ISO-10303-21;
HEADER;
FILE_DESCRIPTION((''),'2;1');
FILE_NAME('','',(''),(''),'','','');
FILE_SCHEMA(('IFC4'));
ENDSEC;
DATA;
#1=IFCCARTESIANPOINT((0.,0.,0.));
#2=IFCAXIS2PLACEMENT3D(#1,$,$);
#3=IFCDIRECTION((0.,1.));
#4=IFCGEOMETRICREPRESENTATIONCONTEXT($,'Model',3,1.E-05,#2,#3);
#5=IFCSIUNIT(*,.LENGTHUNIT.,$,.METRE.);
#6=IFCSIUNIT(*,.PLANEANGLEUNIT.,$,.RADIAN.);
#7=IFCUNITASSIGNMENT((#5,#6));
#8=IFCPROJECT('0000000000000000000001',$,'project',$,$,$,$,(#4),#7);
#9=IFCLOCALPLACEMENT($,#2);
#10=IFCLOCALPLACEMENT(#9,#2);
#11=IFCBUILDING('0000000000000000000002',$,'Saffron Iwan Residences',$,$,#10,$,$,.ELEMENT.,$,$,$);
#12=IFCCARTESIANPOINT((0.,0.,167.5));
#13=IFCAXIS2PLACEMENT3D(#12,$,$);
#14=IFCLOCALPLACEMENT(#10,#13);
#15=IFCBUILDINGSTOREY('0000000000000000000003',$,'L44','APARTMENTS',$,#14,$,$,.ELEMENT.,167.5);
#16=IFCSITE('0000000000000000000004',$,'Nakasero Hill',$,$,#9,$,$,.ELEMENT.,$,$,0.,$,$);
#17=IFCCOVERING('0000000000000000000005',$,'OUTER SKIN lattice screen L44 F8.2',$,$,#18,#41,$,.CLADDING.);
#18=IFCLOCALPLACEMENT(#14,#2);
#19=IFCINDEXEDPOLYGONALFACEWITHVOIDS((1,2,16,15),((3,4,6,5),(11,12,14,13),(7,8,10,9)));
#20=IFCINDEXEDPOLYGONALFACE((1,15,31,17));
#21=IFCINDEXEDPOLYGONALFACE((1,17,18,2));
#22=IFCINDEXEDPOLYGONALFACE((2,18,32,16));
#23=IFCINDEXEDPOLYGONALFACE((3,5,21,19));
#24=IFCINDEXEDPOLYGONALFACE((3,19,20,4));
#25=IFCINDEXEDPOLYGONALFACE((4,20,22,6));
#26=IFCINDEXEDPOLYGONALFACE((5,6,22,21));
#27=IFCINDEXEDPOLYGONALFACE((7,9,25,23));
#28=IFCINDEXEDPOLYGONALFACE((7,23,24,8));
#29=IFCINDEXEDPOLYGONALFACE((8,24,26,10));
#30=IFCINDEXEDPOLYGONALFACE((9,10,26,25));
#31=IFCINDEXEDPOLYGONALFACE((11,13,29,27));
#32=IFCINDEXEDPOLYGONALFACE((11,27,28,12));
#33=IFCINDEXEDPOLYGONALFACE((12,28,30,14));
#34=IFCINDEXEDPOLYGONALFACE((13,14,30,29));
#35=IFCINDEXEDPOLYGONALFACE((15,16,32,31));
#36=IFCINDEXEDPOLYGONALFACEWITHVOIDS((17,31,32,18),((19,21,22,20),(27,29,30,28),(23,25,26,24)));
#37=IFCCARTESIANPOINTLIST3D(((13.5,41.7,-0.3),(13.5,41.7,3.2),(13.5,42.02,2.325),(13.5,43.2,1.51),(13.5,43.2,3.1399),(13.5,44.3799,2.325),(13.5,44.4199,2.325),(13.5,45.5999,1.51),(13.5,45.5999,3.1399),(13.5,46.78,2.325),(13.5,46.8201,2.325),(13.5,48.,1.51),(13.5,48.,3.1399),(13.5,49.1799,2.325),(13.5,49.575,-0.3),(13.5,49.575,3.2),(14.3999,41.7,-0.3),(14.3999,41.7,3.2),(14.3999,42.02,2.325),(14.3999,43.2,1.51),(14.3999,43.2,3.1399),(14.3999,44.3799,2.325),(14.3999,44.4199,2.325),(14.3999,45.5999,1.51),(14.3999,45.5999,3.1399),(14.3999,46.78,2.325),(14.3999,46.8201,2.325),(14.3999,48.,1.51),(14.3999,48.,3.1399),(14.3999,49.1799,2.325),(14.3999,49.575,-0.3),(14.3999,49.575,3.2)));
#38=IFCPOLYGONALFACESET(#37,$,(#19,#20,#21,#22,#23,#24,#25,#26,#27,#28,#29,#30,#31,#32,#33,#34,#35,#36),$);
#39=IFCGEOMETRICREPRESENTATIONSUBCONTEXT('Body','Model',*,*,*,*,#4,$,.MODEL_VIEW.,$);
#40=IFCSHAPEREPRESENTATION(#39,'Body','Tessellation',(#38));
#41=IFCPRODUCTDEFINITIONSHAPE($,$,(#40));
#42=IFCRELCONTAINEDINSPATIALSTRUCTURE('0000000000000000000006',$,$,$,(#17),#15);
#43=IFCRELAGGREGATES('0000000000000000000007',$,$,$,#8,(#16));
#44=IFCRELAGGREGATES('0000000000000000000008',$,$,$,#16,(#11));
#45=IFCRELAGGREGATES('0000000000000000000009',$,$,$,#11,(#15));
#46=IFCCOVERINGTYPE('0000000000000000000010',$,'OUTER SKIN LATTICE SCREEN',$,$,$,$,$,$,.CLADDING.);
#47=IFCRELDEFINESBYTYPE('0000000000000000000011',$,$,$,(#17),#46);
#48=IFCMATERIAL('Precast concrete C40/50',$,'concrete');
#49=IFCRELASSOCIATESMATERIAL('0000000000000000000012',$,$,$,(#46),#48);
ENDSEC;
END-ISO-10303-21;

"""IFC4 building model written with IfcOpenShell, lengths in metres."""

from ifc_helpers import new_model, si_unit, direction, frame, origin, place, context, subcontext, project, spatial, polyline, outline, extrude, material, type_object, element, save


model = new_model("IFC4")

# Units and contexts
model_context = context("Model", 3, precision=1e-05, world=origin(), true_north=direction((0.0, 1.0)))
body_context = subcontext(model_context, "Body", "Model", "MODEL_VIEW")
ifc_project = project(units=[si_unit("LENGTHUNIT", "METRE"), si_unit("PLANEANGLEUNIT", "RADIAN")], contexts=[model_context])

# Site, building, storey
site_placement = place(None, origin())
site = spatial("IfcSite", under=ifc_project, at=site_placement, Name="Nakasero Hill", CompositionType="ELEMENT", RefElevation=0.0)
building_placement = place(site_placement, origin())
building = spatial("IfcBuilding", under=site, at=building_placement, Name="Saffron Iwan Residences", CompositionType="ELEMENT")
storey_placement = place(building_placement, frame((0.0, 0.0, 167.5)))
storey = spatial("IfcBuildingStorey", under=building, at=storey_placement, Name="L44", Description="APARTMENTS", CompositionType="ELEMENT", Elevation=167.5)

# Covering
ifc_material_1 = material(Name="Precast concrete C40/50", Category="concrete")
covering_type = type_object("IfcCoveringType", Name="OUTER SKIN LATTICE SCREEN", PredefinedType="CLADDING", material=ifc_material_1)
covering_1_placement = place(storey_placement, frame((14.3999, 49.575, -0.3), z_axis=(-1.0, 0.0, 0.0), x_axis=(0.0, -1.0, 0.0)))
element("IfcCovering", 1, at=covering_1_placement, inside=storey, type_object=covering_type, Name="OUTER SKIN lattice screen L44 F8.2", PredefinedType="CLADDING", context=body_context, shape_type="SweptSolid", body=[
    extrude(outline(polyline([(0.0, 0.0), (7.875, 0.0), (7.875, 3.5), (0.0, 3.5), (0.0, 0.0)]), holes=[polyline([(0.395, 2.625), (1.575, 1.8101), (2.7549, 2.625), (1.575, 3.4399), (0.395, 2.625)]), polyline([(2.7949, 2.625), (3.9751, 1.8101), (5.155, 2.625), (3.9751, 3.4399), (2.7949, 2.625)]), polyline([(5.1951, 2.625), (6.375, 1.8101), (7.5549, 2.625), (6.375, 3.4399), (5.1951, 2.625)])]), origin(), (0.0, 0.0, 1.0), 0.8999),
])

save(model, "model.ifc")
